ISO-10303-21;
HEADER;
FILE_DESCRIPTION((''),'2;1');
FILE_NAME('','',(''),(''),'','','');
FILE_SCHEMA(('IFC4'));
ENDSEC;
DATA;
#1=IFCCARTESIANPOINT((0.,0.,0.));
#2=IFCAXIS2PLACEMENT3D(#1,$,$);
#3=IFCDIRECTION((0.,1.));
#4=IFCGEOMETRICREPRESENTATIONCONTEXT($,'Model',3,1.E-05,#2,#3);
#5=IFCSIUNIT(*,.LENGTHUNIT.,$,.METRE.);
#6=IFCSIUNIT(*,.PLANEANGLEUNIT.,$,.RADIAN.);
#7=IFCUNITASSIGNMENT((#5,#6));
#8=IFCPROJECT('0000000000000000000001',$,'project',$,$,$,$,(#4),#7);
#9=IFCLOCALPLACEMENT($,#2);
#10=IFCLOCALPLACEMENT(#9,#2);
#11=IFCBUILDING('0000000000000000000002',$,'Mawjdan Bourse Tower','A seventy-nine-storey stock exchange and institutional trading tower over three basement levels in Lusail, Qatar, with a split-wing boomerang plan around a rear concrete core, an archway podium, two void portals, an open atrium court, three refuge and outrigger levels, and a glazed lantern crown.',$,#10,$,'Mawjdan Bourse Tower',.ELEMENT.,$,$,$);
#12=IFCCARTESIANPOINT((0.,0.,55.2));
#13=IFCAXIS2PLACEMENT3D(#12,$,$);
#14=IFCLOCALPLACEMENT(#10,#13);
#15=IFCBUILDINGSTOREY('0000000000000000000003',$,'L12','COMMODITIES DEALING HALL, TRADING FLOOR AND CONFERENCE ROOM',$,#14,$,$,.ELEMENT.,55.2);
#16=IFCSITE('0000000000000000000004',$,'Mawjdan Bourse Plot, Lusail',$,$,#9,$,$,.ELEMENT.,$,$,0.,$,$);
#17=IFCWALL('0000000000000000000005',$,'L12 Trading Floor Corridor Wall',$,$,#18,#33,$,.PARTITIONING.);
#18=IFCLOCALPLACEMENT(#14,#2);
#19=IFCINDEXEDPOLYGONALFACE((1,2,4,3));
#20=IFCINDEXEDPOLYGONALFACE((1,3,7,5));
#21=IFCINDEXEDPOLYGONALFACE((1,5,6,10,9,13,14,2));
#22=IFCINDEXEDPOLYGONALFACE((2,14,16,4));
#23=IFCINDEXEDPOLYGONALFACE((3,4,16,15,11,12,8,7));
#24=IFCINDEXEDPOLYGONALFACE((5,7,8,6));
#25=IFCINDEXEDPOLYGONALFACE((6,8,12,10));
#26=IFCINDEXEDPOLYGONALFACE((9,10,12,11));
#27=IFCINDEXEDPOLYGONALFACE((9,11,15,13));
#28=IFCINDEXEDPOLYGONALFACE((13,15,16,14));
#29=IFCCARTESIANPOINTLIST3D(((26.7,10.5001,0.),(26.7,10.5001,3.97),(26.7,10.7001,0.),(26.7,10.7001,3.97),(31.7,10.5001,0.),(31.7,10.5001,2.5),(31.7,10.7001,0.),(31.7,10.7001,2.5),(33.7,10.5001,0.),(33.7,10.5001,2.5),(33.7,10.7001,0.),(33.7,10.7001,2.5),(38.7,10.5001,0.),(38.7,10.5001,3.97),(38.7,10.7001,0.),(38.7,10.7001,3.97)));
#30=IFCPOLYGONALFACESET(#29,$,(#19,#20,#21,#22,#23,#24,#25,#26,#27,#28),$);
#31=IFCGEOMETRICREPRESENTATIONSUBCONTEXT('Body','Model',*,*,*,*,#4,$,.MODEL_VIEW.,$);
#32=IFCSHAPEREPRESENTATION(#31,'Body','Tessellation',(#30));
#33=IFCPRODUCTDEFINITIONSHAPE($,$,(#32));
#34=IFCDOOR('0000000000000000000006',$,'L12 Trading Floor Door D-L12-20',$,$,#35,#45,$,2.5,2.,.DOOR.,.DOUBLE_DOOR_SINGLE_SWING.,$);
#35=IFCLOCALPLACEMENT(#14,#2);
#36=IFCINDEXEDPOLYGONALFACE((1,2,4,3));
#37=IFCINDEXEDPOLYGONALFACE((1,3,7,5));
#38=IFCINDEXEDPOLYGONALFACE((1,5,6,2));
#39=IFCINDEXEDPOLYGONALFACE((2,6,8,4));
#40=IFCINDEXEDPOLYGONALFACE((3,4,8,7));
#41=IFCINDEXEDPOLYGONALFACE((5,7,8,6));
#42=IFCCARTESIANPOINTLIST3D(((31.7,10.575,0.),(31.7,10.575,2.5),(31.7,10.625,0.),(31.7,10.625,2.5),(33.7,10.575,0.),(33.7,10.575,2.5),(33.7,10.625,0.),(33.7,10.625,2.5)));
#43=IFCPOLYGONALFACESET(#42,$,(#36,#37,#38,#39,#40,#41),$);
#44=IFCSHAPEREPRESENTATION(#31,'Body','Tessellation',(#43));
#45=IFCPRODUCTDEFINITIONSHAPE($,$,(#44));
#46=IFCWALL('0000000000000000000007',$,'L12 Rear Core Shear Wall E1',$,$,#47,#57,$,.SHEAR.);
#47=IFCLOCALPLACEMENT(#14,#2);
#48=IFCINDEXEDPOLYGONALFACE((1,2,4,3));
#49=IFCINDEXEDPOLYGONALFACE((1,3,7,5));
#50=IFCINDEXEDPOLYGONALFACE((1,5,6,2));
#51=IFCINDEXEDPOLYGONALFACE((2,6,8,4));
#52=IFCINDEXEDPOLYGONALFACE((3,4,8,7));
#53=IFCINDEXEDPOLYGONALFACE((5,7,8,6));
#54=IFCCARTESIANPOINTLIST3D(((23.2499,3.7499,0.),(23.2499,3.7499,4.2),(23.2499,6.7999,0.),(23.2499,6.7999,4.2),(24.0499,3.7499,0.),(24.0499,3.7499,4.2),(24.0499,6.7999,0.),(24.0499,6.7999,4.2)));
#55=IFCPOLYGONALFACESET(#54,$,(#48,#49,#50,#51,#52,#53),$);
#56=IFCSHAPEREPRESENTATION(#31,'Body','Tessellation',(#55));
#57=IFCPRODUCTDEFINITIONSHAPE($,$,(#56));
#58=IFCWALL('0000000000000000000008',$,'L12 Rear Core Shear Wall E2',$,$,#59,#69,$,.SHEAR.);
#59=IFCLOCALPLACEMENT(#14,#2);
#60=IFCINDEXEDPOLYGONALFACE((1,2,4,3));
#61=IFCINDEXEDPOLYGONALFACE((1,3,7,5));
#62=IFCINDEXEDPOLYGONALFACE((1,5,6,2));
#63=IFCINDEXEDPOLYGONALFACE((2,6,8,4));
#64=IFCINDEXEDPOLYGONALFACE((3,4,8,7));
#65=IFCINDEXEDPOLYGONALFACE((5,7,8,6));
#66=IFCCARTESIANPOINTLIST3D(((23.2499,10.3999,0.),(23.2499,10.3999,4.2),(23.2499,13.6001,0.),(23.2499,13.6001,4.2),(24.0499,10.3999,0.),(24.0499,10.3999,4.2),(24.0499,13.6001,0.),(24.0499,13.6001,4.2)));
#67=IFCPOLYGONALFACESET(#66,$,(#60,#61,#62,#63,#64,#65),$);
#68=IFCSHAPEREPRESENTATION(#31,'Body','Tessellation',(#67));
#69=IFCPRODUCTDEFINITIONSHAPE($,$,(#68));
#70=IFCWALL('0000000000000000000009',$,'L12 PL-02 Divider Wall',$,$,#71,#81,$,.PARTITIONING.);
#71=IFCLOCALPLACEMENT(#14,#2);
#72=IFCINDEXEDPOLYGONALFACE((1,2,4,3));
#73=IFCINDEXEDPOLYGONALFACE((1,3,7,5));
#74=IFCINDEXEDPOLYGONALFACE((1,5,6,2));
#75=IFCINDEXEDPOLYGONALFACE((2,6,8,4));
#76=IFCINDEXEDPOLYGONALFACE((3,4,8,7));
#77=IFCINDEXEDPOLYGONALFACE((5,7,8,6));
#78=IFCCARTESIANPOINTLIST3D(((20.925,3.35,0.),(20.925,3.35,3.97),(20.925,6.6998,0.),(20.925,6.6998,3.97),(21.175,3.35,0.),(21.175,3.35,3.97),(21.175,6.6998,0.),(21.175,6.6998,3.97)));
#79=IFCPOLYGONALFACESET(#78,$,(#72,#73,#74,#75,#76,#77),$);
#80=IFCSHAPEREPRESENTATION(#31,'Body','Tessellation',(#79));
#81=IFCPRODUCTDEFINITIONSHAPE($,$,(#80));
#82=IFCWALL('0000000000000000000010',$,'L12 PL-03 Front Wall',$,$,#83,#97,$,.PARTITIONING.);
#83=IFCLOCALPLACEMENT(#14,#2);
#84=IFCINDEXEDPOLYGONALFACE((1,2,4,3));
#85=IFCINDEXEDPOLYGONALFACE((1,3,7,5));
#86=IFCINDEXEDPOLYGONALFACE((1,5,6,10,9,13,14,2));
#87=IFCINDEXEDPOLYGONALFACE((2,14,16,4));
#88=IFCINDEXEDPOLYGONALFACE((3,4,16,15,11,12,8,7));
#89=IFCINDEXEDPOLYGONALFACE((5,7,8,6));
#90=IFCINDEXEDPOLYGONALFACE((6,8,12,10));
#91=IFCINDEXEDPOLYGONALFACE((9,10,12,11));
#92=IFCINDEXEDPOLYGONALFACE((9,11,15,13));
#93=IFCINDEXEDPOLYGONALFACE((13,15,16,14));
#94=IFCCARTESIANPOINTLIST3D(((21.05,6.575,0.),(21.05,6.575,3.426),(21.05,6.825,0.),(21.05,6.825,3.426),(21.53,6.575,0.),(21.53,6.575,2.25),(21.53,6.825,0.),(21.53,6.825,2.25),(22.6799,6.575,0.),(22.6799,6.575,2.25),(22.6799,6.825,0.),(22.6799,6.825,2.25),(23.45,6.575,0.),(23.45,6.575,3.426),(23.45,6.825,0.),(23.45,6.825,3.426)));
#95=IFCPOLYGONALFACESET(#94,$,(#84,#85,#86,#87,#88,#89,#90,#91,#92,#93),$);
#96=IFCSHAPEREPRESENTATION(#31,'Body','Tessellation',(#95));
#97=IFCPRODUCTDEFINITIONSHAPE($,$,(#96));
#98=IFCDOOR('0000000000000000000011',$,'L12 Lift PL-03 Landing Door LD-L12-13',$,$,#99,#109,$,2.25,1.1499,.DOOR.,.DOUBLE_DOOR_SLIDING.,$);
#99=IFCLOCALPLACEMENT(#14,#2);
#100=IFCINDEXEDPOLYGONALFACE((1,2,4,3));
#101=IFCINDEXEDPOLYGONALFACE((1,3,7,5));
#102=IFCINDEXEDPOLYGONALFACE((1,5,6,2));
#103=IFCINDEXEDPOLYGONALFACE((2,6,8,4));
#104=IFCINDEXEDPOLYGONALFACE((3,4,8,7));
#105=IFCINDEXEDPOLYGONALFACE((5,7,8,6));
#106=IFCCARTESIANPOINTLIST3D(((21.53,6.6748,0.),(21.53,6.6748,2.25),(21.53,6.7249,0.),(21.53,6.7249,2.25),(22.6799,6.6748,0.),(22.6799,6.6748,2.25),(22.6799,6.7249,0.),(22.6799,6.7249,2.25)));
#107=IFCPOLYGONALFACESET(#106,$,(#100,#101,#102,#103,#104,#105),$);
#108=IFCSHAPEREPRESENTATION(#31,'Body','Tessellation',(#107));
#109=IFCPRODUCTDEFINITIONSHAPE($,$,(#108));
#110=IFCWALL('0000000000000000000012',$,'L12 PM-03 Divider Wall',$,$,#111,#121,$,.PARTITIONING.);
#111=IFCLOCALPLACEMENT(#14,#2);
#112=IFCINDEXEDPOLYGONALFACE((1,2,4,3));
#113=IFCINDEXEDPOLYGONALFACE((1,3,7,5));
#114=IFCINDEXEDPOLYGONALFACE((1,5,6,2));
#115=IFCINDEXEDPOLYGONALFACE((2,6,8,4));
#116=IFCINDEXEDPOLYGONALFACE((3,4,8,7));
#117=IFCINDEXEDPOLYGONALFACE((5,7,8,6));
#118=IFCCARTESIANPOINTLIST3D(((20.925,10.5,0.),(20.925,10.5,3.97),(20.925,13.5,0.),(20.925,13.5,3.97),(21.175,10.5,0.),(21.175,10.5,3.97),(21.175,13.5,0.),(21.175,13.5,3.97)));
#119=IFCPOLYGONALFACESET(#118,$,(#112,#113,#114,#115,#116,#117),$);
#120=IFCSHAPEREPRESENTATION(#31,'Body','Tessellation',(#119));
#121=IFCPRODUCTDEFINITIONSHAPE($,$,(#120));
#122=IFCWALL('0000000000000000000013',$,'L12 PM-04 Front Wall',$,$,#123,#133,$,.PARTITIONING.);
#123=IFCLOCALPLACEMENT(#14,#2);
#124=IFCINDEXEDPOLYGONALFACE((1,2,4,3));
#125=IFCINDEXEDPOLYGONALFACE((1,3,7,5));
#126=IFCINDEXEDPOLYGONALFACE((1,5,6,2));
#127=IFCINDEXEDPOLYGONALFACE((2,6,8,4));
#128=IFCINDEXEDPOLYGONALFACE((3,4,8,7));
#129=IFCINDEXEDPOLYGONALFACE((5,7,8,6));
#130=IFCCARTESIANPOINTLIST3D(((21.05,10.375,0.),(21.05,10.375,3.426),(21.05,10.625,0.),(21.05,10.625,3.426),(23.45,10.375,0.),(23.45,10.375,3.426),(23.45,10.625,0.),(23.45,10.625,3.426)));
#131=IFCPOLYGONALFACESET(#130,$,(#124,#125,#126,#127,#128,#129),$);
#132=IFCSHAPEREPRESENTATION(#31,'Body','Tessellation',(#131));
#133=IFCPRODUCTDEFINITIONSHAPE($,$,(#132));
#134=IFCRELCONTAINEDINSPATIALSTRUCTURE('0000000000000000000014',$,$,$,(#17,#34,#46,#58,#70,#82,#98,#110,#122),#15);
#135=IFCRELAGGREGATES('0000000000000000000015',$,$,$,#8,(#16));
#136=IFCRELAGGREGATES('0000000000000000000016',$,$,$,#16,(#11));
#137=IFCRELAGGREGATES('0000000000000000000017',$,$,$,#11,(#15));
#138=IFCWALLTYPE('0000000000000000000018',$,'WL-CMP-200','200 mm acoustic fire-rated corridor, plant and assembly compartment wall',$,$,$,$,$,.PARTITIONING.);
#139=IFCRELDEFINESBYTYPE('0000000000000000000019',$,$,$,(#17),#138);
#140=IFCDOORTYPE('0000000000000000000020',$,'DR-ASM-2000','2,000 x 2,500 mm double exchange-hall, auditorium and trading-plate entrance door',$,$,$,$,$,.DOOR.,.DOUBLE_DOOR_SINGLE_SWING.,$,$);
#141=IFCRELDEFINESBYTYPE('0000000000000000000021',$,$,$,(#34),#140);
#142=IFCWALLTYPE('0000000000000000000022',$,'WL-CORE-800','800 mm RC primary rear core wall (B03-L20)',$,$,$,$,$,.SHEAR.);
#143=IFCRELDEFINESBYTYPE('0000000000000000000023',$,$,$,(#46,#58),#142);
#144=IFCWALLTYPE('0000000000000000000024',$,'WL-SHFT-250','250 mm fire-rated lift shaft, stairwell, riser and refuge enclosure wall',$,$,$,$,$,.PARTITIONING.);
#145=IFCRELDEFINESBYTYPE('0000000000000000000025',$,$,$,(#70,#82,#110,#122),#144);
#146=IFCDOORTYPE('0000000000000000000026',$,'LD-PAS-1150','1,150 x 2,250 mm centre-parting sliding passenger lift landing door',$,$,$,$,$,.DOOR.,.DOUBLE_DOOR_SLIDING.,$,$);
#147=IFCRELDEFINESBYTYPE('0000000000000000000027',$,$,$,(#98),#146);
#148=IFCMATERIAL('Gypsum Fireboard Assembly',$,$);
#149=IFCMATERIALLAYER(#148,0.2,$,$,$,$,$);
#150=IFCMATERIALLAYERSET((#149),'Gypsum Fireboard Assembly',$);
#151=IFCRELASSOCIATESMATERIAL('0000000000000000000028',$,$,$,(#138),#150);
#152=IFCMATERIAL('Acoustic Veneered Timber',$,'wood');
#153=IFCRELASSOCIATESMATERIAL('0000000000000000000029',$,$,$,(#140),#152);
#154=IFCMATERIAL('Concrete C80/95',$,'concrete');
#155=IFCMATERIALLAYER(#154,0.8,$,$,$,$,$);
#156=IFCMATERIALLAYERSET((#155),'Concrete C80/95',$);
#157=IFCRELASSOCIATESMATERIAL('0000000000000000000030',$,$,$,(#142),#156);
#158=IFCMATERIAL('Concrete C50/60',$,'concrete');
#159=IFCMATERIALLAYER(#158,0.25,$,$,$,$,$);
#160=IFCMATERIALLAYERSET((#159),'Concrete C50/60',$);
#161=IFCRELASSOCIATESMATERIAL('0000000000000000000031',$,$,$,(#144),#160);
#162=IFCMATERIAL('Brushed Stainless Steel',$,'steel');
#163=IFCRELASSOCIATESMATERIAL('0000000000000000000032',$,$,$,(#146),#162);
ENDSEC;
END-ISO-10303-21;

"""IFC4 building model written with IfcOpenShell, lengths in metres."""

from ifc_helpers import new_model, si_unit, direction, frame, frame_2d, origin, place, context, subcontext, project, spatial, rectangle, extrude, material, layer, layer_set, type_object, element, fill, save


model = new_model("IFC4")

# Units and contexts
model_context = context("Model", 3, precision=1e-05, world=origin(), true_north=direction((0.0, 1.0)))
body_context = subcontext(model_context, "Body", "Model", "MODEL_VIEW")
ifc_project = project(units=[si_unit("LENGTHUNIT", "METRE"), si_unit("PLANEANGLEUNIT", "RADIAN")], contexts=[model_context])

# Site, building, storey
site_placement = place(None, origin())
site = spatial("IfcSite", under=ifc_project, at=site_placement, Name="Mawjdan Bourse Plot, Lusail", CompositionType="ELEMENT", RefElevation=0.0)
building_placement = place(site_placement, origin())
building = spatial("IfcBuilding", under=site, at=building_placement, Name="Mawjdan Bourse Tower", Description="A seventy-nine-storey stock exchange and institutional trading tower over three basement levels in Lusail, Qatar, with a split-wing boomerang plan around a rear concrete core, an archway podium, two void portals, an open atrium court, three refuge and outrigger levels, and a glazed lantern crown.", LongName="Mawjdan Bourse Tower", CompositionType="ELEMENT")
storey_placement = place(building_placement, frame((0.0, 0.0, 55.2)))
storey = spatial("IfcBuildingStorey", under=building, at=storey_placement, Name="L12", Description="COMMODITIES DEALING HALL, TRADING FLOOR AND CONFERENCE ROOM", CompositionType="ELEMENT", Elevation=55.2)

# Shared definitions
ifc_material_1 = material(Name="Concrete C80/95", Category="concrete")

# Shared definitions
ifc_material_2 = material(Name="Gypsum Fireboard Assembly")
ifc_layer_1 = layer(ifc_material_2, 0.2)
ifc_layer_set_1 = layer_set([ifc_layer_1], Name="Gypsum Fireboard Assembly")
wall_type_1 = type_object("IfcWallType", Name="WL-CMP-200", Description="200 mm acoustic fire-rated corridor, plant and assembly compartment wall", PredefinedType="PARTITIONING", material=ifc_layer_set_1)

# Wall, opening, door
wall_1_placement = place(storey_placement, frame((26.7, 10.6001, 0.0), z_axis=(0.0, 0.0, 1.0), x_axis=(1.0, 0.0, 0.0)))
wall_1 = element("IfcWall", 1, at=wall_1_placement, inside=storey, type_object=wall_type_1, Name="L12 Trading Floor Corridor Wall", PredefinedType="PARTITIONING", context=body_context, shape_type="SweptSolid", body=[
    extrude(rectangle(XDim=12.0, YDim=0.2, at=frame_2d((6.0, 0.0))), origin(), (0.0, 0.0, 1.0), 3.97),
])
opening_1_placement = place(wall_1_placement, frame((5.0, 0.0, 0.0)))
opening_1 = element("IfcOpeningElement", 2, at=opening_1_placement, cuts=wall_1, PredefinedType="OPENING", context=body_context, shape_type="SweptSolid", body=[
    extrude(rectangle(XDim=2.0, YDim=2.5, at=frame_2d((1.0, 1.25))), frame((0.0, 0.1099, 0.0), z_axis=(0.0, -1.0, 0.0), x_axis=(1.0, 0.0, 0.0)), (0.0, 0.0, 1.0), 0.22),
])
ifc_material_3 = material(Name="Acoustic Veneered Timber", Category="wood")
door_type_1 = type_object("IfcDoorType", Name="DR-ASM-2000", Description="2,000 x 2,500 mm double exchange-hall, auditorium and trading-plate entrance door", OperationType="DOUBLE_DOOR_SINGLE_SWING", PredefinedType="DOOR", material=ifc_material_3)
door_1_placement = place(opening_1_placement, origin())
door_1 = element("IfcDoor", 3, at=door_1_placement, inside=storey, type_object=door_type_1, Name="L12 Trading Floor Door D-L12-20", OperationType="DOUBLE_DOOR_SINGLE_SWING", OverallHeight=2.5, OverallWidth=2.0, PredefinedType="DOOR", context=body_context, shape_type="SweptSolid", body=[
    extrude(rectangle(XDim=2.0, YDim=2.5, at=frame_2d((1.0, 1.25))), frame((0.0, 0.0249, 0.0), z_axis=(0.0, -1.0, 0.0), x_axis=(1.0, 0.0, 0.0)), (0.0, 0.0, 1.0), 0.05),
])
fill(opening_1, door_1)

# Walls
ifc_layer_2 = layer(ifc_material_1, 0.8)
ifc_layer_set_2 = layer_set([ifc_layer_2], Name="Concrete C80/95")
wall_type_2 = type_object("IfcWallType", Name="WL-CORE-800", Description="800 mm RC primary rear core wall (B03-L20)", PredefinedType="SHEAR", material=ifc_layer_set_2)
wall_2_placement = place(storey_placement, frame((23.6499, 3.75, 0.0), z_axis=(0.0, 0.0, 1.0), x_axis=(0.0, 1.0, 0.0)))
element("IfcWall", 4, at=wall_2_placement, inside=storey, type_object=wall_type_2, Name="L12 Rear Core Shear Wall E1", PredefinedType="SHEAR", context=body_context, shape_type="SweptSolid", body=[
    extrude(rectangle(XDim=3.05, YDim=0.8, at=frame_2d((1.5249, 0.0))), origin(), (0.0, 0.0, 1.0), 4.2),
])
wall_3_placement = place(storey_placement, frame((23.6499, 10.3999, 0.0), z_axis=(0.0, 0.0, 1.0), x_axis=(0.0, 1.0, 0.0)))
element("IfcWall", 5, at=wall_3_placement, inside=storey, type_object=wall_type_2, Name="L12 Rear Core Shear Wall E2", PredefinedType="SHEAR", context=body_context, shape_type="SweptSolid", body=[
    extrude(rectangle(XDim=3.2002, YDim=0.8, at=frame_2d((1.6001, 0.0))), origin(), (0.0, 0.0, 1.0), 4.2),
])
ifc_material_4 = material(Name="Concrete C50/60", Category="concrete")
ifc_layer_3 = layer(ifc_material_4, 0.25)
ifc_layer_set_3 = layer_set([ifc_layer_3], Name="Concrete C50/60")
wall_type_3 = type_object("IfcWallType", Name="WL-SHFT-250", Description="250 mm fire-rated lift shaft, stairwell, riser and refuge enclosure wall", PredefinedType="PARTITIONING", material=ifc_layer_set_3)
wall_4_placement = place(storey_placement, frame((21.05, 3.3501, 0.0), z_axis=(0.0, 0.0, 1.0), x_axis=(0.0, 1.0, 0.0)))
element("IfcWall", 6, at=wall_4_placement, inside=storey, type_object=wall_type_3, Name="L12 PL-02 Divider Wall", PredefinedType="PARTITIONING", context=body_context, shape_type="SweptSolid", body=[
    extrude(rectangle(XDim=3.3499, YDim=0.25, at=frame_2d((1.6748, 0.0))), origin(), (0.0, 0.0, 1.0), 3.97),
])

# Wall, opening, door
wall_5_placement = place(storey_placement, frame((21.05, 6.7, 0.0), z_axis=(0.0, 0.0, 1.0), x_axis=(1.0, 0.0, 0.0)))
wall_5 = element("IfcWall", 7, at=wall_5_placement, inside=storey, type_object=wall_type_3, Name="L12 PL-03 Front Wall", PredefinedType="PARTITIONING", context=body_context, shape_type="SweptSolid", body=[
    extrude(rectangle(XDim=2.3999, YDim=0.25, at=frame_2d((1.2, 0.0))), origin(), (0.0, 0.0, 1.0), 3.426),
])
opening_2_placement = place(wall_5_placement, frame((0.48, 0.0, 0.0)))
opening_2 = element("IfcOpeningElement", 8, at=opening_2_placement, cuts=wall_5, PredefinedType="OPENING", context=body_context, shape_type="SweptSolid", body=[
    extrude(rectangle(XDim=1.1499, YDim=2.25, at=frame_2d((0.575, 1.125))), frame((0.0, 0.135, 0.0), z_axis=(0.0, -1.0, 0.0), x_axis=(1.0, 0.0, 0.0)), (0.0, 0.0, 1.0), 0.27),
])
ifc_material_5 = material(Name="Brushed Stainless Steel", Category="steel")
door_type_2 = type_object("IfcDoorType", Name="LD-PAS-1150", Description="1,150 x 2,250 mm centre-parting sliding passenger lift landing door", OperationType="DOUBLE_DOOR_SLIDING", PredefinedType="DOOR", material=ifc_material_5)
door_2_placement = place(opening_2_placement, origin())
door_2 = element("IfcDoor", 9, at=door_2_placement, inside=storey, type_object=door_type_2, Name="L12 Lift PL-03 Landing Door LD-L12-13", OperationType="DOUBLE_DOOR_SLIDING", OverallHeight=2.25, OverallWidth=1.1499, PredefinedType="DOOR", context=body_context, shape_type="SweptSolid", body=[
    extrude(rectangle(XDim=1.1499, YDim=2.25, at=frame_2d((0.575, 1.125))), frame((0.0, 0.0249, 0.0), z_axis=(0.0, -1.0, 0.0), x_axis=(1.0, 0.0, 0.0)), (0.0, 0.0, 1.0), 0.05),
])
fill(opening_2, door_2)

# Walls
wall_6_placement = place(storey_placement, frame((21.05, 10.5, 0.0), z_axis=(0.0, 0.0, 1.0), x_axis=(0.0, 1.0, 0.0)))
element("IfcWall", 10, at=wall_6_placement, inside=storey, type_object=wall_type_3, Name="L12 PM-03 Divider Wall", PredefinedType="PARTITIONING", context=body_context, shape_type="SweptSolid", body=[
    extrude(rectangle(XDim=3.0, YDim=0.25, at=frame_2d((1.5, 0.0))), origin(), (0.0, 0.0, 1.0), 3.97),
])
wall_7_placement = place(storey_placement, frame((21.05, 10.5, 0.0), z_axis=(0.0, 0.0, 1.0), x_axis=(1.0, 0.0, 0.0)))
element("IfcWall", 11, at=wall_7_placement, inside=storey, type_object=wall_type_3, Name="L12 PM-04 Front Wall", PredefinedType="PARTITIONING", context=body_context, shape_type="SweptSolid", body=[
    extrude(rectangle(XDim=2.3999, YDim=0.25, at=frame_2d((1.2, 0.0))), origin(), (0.0, 0.0, 1.0), 3.426),
])

save(model, "model.ifc")
